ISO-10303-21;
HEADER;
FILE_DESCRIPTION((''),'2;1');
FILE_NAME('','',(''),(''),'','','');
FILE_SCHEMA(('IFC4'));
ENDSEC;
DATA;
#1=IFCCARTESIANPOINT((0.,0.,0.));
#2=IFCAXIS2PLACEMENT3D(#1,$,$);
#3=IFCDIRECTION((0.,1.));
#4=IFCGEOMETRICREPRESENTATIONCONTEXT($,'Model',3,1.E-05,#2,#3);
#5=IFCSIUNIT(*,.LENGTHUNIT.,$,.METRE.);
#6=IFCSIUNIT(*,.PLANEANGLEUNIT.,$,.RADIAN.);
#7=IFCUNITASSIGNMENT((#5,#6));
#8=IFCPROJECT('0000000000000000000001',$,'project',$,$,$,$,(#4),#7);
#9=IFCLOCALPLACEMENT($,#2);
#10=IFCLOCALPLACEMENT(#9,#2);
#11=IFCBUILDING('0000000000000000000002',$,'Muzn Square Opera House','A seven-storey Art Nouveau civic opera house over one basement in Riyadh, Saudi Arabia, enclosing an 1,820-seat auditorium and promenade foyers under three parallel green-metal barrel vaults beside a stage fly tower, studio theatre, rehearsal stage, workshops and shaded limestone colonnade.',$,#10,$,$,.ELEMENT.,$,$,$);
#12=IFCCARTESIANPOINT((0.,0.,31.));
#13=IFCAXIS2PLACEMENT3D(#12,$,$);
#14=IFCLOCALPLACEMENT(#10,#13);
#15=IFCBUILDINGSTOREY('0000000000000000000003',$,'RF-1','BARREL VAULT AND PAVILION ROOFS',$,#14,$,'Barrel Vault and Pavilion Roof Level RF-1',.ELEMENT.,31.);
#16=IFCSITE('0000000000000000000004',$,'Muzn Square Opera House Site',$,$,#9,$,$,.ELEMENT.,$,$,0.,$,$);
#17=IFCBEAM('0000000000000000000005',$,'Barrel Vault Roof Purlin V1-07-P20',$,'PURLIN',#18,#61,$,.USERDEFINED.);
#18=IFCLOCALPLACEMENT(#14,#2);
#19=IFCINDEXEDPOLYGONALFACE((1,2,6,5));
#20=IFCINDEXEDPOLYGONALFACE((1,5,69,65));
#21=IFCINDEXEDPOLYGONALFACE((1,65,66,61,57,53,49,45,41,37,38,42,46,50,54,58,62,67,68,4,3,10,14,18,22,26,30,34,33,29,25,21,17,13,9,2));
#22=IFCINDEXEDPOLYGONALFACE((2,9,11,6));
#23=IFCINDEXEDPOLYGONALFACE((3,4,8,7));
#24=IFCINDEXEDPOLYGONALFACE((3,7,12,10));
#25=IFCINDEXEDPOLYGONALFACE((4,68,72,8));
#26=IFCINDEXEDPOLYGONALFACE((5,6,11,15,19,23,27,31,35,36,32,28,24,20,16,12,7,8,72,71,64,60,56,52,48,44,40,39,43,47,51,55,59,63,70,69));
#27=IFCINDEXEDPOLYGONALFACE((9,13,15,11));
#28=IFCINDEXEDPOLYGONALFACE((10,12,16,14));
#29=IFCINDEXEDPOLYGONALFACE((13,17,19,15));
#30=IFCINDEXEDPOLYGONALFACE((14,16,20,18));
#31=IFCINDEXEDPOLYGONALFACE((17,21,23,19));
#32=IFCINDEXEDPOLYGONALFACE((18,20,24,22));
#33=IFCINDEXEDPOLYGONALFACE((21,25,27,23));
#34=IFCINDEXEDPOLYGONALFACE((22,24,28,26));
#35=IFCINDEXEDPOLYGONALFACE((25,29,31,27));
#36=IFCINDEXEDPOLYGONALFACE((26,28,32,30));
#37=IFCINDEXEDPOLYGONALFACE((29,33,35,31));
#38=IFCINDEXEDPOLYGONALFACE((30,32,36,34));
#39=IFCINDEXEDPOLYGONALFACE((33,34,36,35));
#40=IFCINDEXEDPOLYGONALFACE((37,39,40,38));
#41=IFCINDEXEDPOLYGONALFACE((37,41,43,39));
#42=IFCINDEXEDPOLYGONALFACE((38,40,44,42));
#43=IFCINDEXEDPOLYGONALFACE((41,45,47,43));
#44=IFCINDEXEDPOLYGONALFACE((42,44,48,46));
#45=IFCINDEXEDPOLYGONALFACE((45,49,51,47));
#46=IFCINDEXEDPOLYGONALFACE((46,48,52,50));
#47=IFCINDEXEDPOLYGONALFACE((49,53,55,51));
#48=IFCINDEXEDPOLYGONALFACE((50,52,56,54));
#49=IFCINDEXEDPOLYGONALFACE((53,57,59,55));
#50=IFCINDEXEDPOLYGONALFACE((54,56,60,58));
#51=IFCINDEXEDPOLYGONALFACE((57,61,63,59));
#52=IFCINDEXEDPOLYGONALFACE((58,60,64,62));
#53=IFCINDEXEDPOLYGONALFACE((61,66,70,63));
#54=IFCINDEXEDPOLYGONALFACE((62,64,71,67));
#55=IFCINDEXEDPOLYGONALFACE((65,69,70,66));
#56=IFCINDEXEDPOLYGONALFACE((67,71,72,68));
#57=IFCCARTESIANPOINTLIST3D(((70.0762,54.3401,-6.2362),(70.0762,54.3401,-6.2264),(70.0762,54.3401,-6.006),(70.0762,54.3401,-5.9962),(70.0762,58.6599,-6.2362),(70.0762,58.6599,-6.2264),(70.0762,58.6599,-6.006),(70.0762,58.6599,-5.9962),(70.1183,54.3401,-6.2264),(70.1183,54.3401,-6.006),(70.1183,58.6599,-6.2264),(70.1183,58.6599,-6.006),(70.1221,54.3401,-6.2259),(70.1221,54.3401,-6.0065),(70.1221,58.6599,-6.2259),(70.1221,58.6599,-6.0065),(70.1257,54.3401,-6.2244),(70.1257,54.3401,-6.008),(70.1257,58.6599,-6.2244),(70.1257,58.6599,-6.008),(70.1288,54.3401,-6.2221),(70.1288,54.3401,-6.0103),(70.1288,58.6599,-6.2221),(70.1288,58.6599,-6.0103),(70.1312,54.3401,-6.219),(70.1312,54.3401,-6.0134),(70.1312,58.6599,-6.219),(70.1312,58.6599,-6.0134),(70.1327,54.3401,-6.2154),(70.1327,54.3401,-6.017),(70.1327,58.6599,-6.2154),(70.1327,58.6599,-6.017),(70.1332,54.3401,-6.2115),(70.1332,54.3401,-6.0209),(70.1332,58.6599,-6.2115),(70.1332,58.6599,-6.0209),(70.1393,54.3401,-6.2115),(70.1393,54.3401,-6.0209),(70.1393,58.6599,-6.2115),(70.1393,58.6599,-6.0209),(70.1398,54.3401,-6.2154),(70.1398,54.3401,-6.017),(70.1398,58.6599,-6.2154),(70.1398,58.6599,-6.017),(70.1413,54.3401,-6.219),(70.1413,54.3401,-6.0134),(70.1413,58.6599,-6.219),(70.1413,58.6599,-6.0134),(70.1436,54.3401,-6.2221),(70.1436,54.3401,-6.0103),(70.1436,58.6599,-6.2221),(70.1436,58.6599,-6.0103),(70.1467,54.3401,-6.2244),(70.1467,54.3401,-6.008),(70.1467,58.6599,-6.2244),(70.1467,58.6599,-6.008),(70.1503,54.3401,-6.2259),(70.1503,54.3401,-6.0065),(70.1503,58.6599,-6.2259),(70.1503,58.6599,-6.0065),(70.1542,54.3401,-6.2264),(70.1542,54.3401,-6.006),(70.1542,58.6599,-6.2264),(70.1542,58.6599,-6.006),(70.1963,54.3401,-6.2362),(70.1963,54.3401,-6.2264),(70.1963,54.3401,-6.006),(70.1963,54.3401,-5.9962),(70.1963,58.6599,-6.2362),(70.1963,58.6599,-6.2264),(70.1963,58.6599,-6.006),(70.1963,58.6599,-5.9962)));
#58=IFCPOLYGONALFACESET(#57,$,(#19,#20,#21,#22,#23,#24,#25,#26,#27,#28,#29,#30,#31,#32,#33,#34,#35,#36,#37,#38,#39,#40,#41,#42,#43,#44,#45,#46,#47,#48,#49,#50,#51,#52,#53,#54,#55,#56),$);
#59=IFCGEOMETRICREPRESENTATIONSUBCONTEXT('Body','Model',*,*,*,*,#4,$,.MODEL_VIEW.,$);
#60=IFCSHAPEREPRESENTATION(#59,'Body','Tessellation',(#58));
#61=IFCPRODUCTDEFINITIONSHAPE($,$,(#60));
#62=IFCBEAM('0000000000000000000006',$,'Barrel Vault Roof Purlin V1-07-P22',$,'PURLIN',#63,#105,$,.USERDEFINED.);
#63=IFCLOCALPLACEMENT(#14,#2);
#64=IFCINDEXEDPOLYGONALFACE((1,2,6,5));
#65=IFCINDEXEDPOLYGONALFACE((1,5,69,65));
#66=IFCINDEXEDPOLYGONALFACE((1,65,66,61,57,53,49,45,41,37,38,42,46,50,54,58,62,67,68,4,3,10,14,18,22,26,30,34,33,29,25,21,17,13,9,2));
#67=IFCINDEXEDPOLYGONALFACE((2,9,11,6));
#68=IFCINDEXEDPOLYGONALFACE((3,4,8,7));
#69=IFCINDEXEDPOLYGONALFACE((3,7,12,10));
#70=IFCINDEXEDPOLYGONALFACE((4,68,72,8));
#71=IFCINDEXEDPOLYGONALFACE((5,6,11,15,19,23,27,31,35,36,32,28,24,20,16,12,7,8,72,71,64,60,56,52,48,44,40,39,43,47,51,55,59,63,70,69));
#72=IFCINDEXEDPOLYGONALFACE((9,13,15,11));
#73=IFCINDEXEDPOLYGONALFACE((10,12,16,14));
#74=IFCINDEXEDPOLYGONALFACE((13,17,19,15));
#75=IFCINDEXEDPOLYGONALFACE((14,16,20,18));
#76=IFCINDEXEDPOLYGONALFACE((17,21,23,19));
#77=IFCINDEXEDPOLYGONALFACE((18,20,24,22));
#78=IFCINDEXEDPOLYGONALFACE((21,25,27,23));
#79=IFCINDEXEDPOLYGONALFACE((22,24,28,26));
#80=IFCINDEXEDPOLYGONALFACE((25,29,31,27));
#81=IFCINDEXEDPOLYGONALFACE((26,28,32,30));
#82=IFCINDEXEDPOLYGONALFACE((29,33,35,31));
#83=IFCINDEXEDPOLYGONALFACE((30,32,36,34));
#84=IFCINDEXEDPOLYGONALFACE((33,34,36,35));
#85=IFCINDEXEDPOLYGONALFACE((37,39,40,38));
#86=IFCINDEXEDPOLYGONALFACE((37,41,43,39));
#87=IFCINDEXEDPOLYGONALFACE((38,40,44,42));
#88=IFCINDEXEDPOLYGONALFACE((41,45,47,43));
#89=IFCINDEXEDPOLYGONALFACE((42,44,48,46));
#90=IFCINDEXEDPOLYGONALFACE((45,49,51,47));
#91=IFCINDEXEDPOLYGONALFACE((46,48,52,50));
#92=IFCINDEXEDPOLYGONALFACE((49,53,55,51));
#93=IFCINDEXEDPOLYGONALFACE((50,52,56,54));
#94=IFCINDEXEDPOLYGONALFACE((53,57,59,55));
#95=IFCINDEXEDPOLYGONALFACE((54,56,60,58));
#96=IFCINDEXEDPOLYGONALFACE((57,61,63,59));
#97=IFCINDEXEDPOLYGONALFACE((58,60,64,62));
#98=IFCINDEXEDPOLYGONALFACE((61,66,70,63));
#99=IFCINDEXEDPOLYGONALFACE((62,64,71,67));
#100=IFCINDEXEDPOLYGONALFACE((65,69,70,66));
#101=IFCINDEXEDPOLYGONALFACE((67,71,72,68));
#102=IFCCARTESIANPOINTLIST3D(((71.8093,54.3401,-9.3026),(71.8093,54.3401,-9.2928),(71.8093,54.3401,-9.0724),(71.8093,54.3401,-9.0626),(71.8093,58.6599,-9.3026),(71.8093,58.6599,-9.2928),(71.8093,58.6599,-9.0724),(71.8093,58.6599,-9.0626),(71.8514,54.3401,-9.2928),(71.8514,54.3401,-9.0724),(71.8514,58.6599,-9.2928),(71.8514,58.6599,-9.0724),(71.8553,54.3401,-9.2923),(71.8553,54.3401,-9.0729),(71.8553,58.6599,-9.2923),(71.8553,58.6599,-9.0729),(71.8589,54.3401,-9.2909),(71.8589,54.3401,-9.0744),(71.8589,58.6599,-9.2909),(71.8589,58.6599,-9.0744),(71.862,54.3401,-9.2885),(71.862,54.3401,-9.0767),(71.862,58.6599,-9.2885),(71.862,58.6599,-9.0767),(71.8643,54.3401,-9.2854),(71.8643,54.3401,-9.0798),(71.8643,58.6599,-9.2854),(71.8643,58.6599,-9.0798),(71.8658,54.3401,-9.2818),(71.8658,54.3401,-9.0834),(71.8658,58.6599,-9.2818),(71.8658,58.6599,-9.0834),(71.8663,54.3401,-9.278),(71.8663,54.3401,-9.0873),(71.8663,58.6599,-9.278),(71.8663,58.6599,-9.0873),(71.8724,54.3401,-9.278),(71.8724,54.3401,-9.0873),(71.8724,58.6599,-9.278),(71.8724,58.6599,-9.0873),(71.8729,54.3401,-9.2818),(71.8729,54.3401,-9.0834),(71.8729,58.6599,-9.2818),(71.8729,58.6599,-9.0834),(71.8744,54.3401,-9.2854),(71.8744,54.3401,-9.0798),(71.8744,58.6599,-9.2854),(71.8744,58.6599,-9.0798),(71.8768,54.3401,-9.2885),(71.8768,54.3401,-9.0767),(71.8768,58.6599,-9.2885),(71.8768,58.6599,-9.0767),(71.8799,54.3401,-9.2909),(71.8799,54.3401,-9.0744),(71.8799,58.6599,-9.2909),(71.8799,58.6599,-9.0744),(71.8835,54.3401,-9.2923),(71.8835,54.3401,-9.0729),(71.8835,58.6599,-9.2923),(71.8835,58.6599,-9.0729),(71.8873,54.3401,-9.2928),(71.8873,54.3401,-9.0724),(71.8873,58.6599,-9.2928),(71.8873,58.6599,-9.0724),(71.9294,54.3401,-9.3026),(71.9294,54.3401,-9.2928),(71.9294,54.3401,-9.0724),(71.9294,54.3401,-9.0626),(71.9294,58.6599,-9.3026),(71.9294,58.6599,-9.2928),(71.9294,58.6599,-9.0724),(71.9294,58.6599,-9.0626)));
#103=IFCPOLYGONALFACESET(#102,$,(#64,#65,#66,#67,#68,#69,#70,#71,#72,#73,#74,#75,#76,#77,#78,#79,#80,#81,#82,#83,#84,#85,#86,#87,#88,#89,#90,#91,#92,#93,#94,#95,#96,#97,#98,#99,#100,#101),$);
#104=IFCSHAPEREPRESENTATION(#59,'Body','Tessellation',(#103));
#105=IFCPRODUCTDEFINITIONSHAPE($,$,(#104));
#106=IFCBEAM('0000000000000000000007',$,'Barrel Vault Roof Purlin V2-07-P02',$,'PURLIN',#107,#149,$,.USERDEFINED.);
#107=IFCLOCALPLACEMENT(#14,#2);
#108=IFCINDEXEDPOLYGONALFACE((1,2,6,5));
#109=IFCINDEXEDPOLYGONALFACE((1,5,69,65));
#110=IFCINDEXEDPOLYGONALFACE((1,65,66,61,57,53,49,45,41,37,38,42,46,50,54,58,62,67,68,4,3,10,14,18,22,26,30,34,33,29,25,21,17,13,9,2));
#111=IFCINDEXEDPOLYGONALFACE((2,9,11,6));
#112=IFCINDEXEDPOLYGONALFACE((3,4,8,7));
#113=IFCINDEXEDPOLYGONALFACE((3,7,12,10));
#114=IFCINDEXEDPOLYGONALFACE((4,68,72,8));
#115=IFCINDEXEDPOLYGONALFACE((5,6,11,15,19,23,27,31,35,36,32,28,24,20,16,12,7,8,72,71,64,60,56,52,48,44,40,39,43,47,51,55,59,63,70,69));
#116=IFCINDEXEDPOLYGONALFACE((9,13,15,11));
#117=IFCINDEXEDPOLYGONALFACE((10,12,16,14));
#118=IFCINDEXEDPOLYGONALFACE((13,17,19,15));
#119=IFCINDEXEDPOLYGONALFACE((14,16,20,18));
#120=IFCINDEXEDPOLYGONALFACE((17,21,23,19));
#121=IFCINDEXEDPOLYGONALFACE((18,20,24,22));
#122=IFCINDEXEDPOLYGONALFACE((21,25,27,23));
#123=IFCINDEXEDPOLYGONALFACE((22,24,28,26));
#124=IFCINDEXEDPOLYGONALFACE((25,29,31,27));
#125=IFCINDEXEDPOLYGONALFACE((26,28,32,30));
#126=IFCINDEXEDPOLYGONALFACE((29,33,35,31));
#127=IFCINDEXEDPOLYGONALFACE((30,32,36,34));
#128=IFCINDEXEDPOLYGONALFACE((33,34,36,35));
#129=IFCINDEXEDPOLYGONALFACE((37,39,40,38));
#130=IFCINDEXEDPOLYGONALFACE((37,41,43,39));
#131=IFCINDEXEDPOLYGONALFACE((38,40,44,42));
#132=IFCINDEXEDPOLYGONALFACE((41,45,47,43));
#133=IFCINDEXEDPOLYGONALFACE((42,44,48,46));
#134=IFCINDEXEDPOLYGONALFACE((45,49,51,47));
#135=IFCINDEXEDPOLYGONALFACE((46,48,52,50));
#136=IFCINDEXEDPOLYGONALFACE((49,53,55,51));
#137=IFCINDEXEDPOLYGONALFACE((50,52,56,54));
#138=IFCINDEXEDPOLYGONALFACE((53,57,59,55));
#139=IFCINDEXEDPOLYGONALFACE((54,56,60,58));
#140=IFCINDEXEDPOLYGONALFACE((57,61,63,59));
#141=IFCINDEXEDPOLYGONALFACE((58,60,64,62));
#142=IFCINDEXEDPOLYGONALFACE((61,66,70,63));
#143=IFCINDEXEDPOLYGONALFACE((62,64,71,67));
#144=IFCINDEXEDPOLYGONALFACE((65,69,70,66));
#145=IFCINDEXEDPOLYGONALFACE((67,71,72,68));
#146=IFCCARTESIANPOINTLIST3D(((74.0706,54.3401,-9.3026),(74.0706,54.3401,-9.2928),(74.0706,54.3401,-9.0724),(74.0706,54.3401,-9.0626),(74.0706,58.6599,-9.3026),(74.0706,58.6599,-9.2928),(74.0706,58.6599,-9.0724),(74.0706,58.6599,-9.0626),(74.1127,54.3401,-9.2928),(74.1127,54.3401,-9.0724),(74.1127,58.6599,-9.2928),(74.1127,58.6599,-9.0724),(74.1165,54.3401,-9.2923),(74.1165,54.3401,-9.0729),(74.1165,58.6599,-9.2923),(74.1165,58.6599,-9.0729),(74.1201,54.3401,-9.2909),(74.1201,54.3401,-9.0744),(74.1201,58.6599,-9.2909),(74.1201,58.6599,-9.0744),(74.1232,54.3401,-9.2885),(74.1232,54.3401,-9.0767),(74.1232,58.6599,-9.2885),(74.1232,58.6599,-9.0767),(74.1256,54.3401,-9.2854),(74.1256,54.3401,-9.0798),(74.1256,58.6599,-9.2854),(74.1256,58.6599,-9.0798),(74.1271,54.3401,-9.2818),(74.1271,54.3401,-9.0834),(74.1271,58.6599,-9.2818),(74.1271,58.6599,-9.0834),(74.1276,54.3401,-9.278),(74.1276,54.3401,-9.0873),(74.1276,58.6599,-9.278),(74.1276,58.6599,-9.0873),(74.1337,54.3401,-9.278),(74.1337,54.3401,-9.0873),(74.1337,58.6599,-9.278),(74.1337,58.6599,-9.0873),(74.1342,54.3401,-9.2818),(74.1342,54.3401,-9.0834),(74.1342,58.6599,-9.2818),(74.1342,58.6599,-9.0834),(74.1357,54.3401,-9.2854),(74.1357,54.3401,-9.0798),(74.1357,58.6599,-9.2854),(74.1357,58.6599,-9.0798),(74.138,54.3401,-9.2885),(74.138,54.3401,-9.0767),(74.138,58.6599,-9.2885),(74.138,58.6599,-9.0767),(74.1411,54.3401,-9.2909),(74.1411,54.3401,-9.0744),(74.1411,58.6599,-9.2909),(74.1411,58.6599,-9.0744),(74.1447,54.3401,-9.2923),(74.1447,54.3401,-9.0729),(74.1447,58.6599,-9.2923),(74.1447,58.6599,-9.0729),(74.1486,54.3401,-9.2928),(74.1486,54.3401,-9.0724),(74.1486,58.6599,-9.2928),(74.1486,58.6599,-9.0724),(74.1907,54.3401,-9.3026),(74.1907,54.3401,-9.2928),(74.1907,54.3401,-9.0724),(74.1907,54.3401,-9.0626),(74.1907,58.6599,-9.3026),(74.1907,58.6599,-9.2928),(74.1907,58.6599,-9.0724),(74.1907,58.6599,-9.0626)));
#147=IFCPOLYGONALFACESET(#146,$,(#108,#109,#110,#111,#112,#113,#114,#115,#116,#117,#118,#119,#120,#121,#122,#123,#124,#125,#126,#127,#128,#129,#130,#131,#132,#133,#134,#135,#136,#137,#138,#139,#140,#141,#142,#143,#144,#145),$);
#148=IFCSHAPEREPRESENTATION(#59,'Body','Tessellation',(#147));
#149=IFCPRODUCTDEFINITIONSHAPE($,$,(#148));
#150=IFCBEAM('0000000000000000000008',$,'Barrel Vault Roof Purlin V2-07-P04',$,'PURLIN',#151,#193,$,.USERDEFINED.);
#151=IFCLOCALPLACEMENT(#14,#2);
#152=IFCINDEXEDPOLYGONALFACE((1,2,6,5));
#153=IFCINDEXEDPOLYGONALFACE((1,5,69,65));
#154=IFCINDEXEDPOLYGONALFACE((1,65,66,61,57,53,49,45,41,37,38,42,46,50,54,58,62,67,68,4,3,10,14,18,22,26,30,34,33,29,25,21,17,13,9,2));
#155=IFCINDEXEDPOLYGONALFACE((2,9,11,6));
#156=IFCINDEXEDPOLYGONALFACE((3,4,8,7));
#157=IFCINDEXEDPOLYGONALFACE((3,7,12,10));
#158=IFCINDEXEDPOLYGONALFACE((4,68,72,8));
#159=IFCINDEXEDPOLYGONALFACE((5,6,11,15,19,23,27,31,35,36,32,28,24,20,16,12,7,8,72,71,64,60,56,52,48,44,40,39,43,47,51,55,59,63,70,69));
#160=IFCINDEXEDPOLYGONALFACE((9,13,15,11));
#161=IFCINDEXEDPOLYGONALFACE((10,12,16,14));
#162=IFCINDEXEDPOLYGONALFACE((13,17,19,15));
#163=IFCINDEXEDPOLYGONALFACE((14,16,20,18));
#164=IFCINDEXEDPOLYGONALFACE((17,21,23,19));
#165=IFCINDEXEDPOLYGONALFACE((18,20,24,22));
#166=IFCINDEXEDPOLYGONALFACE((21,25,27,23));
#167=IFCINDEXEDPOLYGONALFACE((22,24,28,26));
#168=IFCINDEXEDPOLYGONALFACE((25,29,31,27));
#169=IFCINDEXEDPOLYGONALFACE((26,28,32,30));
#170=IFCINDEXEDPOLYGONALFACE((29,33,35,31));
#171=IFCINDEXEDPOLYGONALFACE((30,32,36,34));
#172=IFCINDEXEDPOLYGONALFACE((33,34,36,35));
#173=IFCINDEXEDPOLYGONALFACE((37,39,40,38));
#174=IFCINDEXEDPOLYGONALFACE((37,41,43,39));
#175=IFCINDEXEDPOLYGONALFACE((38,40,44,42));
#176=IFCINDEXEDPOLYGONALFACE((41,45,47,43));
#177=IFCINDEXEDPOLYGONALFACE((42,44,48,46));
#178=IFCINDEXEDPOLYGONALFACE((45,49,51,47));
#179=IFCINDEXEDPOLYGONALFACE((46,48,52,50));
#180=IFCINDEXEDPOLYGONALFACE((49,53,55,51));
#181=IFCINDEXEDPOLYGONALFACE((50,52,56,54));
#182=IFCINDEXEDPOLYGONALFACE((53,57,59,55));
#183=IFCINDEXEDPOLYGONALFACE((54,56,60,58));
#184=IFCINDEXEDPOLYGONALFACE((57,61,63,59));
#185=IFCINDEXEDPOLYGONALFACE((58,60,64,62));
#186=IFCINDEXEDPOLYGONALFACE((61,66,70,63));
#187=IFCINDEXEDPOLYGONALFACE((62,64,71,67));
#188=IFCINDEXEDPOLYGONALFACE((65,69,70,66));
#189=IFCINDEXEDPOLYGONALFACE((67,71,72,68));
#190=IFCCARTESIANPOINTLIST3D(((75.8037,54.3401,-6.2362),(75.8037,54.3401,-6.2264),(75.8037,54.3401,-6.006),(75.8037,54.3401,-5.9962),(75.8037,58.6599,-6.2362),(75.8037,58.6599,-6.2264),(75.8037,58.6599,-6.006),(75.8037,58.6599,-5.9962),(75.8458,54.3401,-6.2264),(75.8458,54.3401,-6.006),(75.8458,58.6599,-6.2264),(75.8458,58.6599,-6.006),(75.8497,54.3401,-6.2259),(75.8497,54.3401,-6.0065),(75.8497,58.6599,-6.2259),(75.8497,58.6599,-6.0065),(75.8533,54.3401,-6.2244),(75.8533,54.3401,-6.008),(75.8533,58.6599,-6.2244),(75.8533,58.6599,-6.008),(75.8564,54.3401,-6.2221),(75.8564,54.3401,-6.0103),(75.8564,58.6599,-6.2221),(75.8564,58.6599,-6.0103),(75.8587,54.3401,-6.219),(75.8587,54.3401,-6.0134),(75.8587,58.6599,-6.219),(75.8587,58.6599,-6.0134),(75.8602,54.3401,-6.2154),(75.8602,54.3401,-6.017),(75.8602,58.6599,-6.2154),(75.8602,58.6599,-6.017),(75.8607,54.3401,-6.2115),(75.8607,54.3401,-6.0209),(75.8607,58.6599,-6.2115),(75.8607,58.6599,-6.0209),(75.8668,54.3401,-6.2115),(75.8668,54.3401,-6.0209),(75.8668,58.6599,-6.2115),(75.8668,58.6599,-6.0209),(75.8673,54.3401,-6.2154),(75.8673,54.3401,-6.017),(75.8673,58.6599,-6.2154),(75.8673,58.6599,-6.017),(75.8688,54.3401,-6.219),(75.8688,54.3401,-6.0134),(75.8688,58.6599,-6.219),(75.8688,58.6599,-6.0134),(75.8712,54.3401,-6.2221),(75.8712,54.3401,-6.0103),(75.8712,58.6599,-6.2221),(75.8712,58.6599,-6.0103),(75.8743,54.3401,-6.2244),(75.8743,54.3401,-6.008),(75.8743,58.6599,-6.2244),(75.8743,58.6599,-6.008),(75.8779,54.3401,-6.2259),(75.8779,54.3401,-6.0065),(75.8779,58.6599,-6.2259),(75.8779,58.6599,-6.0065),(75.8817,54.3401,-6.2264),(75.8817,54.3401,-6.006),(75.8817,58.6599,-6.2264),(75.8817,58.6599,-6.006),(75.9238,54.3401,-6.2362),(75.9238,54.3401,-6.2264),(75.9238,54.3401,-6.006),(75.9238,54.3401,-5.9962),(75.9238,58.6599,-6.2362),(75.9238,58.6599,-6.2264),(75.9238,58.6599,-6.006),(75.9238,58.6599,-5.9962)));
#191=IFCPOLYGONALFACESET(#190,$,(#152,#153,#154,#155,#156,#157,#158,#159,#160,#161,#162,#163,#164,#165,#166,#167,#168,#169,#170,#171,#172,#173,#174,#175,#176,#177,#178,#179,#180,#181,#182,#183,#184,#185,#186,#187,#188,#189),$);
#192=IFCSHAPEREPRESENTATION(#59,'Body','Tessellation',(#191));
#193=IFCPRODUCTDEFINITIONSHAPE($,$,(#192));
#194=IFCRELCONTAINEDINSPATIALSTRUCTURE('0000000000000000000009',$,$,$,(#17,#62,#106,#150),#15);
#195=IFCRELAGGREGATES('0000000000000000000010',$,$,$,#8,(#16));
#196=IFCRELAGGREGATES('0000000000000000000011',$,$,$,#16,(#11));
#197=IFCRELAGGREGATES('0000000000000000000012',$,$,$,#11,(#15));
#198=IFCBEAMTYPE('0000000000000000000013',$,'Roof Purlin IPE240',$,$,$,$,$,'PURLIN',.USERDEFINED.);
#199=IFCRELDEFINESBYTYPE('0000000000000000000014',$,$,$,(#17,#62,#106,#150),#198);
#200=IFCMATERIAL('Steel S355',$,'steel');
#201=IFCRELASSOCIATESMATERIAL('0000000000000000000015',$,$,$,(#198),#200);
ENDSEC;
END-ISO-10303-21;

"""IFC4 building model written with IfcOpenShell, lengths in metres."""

from ifc_helpers import new_model, si_unit, direction, frame, origin, origin_2d, place, context, subcontext, project, spatial, i_section, extrude, material, material_profile, profile_set, type_object, element, save


model = new_model("IFC4")

# Units and contexts
model_context = context("Model", 3, precision=1e-05, world=origin(), true_north=direction((0.0, 1.0)))
body_context = subcontext(model_context, "Body", "Model", "MODEL_VIEW")
ifc_project = project(units=[si_unit("LENGTHUNIT", "METRE"), si_unit("PLANEANGLEUNIT", "RADIAN")], contexts=[model_context])

# Site, building, storey
site_placement = place(None, origin())
site = spatial("IfcSite", under=ifc_project, at=site_placement, Name="Muzn Square Opera House Site", CompositionType="ELEMENT", RefElevation=0.0)
building_placement = place(site_placement, origin())
building = spatial("IfcBuilding", under=site, at=building_placement, Name="Muzn Square Opera House", Description="A seven-storey Art Nouveau civic opera house over one basement in Riyadh, Saudi Arabia, enclosing an 1,820-seat auditorium and promenade foyers under three parallel green-metal barrel vaults beside a stage fly tower, studio theatre, rehearsal stage, workshops and shaded limestone colonnade.", CompositionType="ELEMENT")
storey_placement = place(building_placement, frame((0.0, 0.0, 31.0)))
storey = spatial("IfcBuildingStorey", under=building, at=storey_placement, Name="RF-1", Description="BARREL VAULT AND PAVILION ROOFS", LongName="Barrel Vault and Pavilion Roof Level RF-1", CompositionType="ELEMENT", Elevation=31.0)

# Beams
ifc_material_1 = material(Name="Steel S355", Category="steel")
ifc_material_profile_1 = material_profile(ifc_material_1, i_section(OverallWidth=0.1201, OverallDepth=0.24, WebThickness=0.0061, FlangeThickness=0.0098, FilletRadius=0.0149, at=origin_2d()), Name="IPE 240", Category="steel")
ifc_profile_set_1 = profile_set([ifc_material_profile_1], Name="Steel S355")
beam_type_1 = type_object("IfcBeamType", Name="Roof Purlin IPE240", ElementType="PURLIN", PredefinedType="USERDEFINED", material=ifc_profile_set_1)
for number, where, z_axis, x_axis, name in (
    (1, (70.1362, 54.3401, -6.1162), (0.0, 1.0, 0.0), (-1.0, 0.0, 0.0), "Barrel Vault Roof Purlin V1-07-P20"),
    (2, (71.8694, 54.3401, -9.1826), (0.0, 1.0, 0.0), (-1.0, 0.0, 0.0), "Barrel Vault Roof Purlin V1-07-P22"),
    (3, (74.1306, 54.3401, -9.1826), (0.0, 1.0, 0.0), (-1.0, 0.0, 0.0), "Barrel Vault Roof Purlin V2-07-P02"),
    (4, (75.8638, 54.3401, -6.1162), (0.0, 1.0, 0.0), (-1.0, 0.0, 0.0), "Barrel Vault Roof Purlin V2-07-P04"),
):
    element("IfcBeam", number, at=place(storey_placement, frame(where, z_axis=z_axis, x_axis=x_axis)), inside=storey, type_object=beam_type_1, Name=name, ObjectType="PURLIN", PredefinedType="USERDEFINED", context=body_context, shape_type="SweptSolid", body=[
        extrude(i_section(OverallWidth=0.1201, OverallDepth=0.24, WebThickness=0.0061, FlangeThickness=0.0098, FilletRadius=0.0149, at=origin_2d()), origin(), (0.0, 0.0, 1.0), 4.3198),
    ])

save(model, "model.ifc")
